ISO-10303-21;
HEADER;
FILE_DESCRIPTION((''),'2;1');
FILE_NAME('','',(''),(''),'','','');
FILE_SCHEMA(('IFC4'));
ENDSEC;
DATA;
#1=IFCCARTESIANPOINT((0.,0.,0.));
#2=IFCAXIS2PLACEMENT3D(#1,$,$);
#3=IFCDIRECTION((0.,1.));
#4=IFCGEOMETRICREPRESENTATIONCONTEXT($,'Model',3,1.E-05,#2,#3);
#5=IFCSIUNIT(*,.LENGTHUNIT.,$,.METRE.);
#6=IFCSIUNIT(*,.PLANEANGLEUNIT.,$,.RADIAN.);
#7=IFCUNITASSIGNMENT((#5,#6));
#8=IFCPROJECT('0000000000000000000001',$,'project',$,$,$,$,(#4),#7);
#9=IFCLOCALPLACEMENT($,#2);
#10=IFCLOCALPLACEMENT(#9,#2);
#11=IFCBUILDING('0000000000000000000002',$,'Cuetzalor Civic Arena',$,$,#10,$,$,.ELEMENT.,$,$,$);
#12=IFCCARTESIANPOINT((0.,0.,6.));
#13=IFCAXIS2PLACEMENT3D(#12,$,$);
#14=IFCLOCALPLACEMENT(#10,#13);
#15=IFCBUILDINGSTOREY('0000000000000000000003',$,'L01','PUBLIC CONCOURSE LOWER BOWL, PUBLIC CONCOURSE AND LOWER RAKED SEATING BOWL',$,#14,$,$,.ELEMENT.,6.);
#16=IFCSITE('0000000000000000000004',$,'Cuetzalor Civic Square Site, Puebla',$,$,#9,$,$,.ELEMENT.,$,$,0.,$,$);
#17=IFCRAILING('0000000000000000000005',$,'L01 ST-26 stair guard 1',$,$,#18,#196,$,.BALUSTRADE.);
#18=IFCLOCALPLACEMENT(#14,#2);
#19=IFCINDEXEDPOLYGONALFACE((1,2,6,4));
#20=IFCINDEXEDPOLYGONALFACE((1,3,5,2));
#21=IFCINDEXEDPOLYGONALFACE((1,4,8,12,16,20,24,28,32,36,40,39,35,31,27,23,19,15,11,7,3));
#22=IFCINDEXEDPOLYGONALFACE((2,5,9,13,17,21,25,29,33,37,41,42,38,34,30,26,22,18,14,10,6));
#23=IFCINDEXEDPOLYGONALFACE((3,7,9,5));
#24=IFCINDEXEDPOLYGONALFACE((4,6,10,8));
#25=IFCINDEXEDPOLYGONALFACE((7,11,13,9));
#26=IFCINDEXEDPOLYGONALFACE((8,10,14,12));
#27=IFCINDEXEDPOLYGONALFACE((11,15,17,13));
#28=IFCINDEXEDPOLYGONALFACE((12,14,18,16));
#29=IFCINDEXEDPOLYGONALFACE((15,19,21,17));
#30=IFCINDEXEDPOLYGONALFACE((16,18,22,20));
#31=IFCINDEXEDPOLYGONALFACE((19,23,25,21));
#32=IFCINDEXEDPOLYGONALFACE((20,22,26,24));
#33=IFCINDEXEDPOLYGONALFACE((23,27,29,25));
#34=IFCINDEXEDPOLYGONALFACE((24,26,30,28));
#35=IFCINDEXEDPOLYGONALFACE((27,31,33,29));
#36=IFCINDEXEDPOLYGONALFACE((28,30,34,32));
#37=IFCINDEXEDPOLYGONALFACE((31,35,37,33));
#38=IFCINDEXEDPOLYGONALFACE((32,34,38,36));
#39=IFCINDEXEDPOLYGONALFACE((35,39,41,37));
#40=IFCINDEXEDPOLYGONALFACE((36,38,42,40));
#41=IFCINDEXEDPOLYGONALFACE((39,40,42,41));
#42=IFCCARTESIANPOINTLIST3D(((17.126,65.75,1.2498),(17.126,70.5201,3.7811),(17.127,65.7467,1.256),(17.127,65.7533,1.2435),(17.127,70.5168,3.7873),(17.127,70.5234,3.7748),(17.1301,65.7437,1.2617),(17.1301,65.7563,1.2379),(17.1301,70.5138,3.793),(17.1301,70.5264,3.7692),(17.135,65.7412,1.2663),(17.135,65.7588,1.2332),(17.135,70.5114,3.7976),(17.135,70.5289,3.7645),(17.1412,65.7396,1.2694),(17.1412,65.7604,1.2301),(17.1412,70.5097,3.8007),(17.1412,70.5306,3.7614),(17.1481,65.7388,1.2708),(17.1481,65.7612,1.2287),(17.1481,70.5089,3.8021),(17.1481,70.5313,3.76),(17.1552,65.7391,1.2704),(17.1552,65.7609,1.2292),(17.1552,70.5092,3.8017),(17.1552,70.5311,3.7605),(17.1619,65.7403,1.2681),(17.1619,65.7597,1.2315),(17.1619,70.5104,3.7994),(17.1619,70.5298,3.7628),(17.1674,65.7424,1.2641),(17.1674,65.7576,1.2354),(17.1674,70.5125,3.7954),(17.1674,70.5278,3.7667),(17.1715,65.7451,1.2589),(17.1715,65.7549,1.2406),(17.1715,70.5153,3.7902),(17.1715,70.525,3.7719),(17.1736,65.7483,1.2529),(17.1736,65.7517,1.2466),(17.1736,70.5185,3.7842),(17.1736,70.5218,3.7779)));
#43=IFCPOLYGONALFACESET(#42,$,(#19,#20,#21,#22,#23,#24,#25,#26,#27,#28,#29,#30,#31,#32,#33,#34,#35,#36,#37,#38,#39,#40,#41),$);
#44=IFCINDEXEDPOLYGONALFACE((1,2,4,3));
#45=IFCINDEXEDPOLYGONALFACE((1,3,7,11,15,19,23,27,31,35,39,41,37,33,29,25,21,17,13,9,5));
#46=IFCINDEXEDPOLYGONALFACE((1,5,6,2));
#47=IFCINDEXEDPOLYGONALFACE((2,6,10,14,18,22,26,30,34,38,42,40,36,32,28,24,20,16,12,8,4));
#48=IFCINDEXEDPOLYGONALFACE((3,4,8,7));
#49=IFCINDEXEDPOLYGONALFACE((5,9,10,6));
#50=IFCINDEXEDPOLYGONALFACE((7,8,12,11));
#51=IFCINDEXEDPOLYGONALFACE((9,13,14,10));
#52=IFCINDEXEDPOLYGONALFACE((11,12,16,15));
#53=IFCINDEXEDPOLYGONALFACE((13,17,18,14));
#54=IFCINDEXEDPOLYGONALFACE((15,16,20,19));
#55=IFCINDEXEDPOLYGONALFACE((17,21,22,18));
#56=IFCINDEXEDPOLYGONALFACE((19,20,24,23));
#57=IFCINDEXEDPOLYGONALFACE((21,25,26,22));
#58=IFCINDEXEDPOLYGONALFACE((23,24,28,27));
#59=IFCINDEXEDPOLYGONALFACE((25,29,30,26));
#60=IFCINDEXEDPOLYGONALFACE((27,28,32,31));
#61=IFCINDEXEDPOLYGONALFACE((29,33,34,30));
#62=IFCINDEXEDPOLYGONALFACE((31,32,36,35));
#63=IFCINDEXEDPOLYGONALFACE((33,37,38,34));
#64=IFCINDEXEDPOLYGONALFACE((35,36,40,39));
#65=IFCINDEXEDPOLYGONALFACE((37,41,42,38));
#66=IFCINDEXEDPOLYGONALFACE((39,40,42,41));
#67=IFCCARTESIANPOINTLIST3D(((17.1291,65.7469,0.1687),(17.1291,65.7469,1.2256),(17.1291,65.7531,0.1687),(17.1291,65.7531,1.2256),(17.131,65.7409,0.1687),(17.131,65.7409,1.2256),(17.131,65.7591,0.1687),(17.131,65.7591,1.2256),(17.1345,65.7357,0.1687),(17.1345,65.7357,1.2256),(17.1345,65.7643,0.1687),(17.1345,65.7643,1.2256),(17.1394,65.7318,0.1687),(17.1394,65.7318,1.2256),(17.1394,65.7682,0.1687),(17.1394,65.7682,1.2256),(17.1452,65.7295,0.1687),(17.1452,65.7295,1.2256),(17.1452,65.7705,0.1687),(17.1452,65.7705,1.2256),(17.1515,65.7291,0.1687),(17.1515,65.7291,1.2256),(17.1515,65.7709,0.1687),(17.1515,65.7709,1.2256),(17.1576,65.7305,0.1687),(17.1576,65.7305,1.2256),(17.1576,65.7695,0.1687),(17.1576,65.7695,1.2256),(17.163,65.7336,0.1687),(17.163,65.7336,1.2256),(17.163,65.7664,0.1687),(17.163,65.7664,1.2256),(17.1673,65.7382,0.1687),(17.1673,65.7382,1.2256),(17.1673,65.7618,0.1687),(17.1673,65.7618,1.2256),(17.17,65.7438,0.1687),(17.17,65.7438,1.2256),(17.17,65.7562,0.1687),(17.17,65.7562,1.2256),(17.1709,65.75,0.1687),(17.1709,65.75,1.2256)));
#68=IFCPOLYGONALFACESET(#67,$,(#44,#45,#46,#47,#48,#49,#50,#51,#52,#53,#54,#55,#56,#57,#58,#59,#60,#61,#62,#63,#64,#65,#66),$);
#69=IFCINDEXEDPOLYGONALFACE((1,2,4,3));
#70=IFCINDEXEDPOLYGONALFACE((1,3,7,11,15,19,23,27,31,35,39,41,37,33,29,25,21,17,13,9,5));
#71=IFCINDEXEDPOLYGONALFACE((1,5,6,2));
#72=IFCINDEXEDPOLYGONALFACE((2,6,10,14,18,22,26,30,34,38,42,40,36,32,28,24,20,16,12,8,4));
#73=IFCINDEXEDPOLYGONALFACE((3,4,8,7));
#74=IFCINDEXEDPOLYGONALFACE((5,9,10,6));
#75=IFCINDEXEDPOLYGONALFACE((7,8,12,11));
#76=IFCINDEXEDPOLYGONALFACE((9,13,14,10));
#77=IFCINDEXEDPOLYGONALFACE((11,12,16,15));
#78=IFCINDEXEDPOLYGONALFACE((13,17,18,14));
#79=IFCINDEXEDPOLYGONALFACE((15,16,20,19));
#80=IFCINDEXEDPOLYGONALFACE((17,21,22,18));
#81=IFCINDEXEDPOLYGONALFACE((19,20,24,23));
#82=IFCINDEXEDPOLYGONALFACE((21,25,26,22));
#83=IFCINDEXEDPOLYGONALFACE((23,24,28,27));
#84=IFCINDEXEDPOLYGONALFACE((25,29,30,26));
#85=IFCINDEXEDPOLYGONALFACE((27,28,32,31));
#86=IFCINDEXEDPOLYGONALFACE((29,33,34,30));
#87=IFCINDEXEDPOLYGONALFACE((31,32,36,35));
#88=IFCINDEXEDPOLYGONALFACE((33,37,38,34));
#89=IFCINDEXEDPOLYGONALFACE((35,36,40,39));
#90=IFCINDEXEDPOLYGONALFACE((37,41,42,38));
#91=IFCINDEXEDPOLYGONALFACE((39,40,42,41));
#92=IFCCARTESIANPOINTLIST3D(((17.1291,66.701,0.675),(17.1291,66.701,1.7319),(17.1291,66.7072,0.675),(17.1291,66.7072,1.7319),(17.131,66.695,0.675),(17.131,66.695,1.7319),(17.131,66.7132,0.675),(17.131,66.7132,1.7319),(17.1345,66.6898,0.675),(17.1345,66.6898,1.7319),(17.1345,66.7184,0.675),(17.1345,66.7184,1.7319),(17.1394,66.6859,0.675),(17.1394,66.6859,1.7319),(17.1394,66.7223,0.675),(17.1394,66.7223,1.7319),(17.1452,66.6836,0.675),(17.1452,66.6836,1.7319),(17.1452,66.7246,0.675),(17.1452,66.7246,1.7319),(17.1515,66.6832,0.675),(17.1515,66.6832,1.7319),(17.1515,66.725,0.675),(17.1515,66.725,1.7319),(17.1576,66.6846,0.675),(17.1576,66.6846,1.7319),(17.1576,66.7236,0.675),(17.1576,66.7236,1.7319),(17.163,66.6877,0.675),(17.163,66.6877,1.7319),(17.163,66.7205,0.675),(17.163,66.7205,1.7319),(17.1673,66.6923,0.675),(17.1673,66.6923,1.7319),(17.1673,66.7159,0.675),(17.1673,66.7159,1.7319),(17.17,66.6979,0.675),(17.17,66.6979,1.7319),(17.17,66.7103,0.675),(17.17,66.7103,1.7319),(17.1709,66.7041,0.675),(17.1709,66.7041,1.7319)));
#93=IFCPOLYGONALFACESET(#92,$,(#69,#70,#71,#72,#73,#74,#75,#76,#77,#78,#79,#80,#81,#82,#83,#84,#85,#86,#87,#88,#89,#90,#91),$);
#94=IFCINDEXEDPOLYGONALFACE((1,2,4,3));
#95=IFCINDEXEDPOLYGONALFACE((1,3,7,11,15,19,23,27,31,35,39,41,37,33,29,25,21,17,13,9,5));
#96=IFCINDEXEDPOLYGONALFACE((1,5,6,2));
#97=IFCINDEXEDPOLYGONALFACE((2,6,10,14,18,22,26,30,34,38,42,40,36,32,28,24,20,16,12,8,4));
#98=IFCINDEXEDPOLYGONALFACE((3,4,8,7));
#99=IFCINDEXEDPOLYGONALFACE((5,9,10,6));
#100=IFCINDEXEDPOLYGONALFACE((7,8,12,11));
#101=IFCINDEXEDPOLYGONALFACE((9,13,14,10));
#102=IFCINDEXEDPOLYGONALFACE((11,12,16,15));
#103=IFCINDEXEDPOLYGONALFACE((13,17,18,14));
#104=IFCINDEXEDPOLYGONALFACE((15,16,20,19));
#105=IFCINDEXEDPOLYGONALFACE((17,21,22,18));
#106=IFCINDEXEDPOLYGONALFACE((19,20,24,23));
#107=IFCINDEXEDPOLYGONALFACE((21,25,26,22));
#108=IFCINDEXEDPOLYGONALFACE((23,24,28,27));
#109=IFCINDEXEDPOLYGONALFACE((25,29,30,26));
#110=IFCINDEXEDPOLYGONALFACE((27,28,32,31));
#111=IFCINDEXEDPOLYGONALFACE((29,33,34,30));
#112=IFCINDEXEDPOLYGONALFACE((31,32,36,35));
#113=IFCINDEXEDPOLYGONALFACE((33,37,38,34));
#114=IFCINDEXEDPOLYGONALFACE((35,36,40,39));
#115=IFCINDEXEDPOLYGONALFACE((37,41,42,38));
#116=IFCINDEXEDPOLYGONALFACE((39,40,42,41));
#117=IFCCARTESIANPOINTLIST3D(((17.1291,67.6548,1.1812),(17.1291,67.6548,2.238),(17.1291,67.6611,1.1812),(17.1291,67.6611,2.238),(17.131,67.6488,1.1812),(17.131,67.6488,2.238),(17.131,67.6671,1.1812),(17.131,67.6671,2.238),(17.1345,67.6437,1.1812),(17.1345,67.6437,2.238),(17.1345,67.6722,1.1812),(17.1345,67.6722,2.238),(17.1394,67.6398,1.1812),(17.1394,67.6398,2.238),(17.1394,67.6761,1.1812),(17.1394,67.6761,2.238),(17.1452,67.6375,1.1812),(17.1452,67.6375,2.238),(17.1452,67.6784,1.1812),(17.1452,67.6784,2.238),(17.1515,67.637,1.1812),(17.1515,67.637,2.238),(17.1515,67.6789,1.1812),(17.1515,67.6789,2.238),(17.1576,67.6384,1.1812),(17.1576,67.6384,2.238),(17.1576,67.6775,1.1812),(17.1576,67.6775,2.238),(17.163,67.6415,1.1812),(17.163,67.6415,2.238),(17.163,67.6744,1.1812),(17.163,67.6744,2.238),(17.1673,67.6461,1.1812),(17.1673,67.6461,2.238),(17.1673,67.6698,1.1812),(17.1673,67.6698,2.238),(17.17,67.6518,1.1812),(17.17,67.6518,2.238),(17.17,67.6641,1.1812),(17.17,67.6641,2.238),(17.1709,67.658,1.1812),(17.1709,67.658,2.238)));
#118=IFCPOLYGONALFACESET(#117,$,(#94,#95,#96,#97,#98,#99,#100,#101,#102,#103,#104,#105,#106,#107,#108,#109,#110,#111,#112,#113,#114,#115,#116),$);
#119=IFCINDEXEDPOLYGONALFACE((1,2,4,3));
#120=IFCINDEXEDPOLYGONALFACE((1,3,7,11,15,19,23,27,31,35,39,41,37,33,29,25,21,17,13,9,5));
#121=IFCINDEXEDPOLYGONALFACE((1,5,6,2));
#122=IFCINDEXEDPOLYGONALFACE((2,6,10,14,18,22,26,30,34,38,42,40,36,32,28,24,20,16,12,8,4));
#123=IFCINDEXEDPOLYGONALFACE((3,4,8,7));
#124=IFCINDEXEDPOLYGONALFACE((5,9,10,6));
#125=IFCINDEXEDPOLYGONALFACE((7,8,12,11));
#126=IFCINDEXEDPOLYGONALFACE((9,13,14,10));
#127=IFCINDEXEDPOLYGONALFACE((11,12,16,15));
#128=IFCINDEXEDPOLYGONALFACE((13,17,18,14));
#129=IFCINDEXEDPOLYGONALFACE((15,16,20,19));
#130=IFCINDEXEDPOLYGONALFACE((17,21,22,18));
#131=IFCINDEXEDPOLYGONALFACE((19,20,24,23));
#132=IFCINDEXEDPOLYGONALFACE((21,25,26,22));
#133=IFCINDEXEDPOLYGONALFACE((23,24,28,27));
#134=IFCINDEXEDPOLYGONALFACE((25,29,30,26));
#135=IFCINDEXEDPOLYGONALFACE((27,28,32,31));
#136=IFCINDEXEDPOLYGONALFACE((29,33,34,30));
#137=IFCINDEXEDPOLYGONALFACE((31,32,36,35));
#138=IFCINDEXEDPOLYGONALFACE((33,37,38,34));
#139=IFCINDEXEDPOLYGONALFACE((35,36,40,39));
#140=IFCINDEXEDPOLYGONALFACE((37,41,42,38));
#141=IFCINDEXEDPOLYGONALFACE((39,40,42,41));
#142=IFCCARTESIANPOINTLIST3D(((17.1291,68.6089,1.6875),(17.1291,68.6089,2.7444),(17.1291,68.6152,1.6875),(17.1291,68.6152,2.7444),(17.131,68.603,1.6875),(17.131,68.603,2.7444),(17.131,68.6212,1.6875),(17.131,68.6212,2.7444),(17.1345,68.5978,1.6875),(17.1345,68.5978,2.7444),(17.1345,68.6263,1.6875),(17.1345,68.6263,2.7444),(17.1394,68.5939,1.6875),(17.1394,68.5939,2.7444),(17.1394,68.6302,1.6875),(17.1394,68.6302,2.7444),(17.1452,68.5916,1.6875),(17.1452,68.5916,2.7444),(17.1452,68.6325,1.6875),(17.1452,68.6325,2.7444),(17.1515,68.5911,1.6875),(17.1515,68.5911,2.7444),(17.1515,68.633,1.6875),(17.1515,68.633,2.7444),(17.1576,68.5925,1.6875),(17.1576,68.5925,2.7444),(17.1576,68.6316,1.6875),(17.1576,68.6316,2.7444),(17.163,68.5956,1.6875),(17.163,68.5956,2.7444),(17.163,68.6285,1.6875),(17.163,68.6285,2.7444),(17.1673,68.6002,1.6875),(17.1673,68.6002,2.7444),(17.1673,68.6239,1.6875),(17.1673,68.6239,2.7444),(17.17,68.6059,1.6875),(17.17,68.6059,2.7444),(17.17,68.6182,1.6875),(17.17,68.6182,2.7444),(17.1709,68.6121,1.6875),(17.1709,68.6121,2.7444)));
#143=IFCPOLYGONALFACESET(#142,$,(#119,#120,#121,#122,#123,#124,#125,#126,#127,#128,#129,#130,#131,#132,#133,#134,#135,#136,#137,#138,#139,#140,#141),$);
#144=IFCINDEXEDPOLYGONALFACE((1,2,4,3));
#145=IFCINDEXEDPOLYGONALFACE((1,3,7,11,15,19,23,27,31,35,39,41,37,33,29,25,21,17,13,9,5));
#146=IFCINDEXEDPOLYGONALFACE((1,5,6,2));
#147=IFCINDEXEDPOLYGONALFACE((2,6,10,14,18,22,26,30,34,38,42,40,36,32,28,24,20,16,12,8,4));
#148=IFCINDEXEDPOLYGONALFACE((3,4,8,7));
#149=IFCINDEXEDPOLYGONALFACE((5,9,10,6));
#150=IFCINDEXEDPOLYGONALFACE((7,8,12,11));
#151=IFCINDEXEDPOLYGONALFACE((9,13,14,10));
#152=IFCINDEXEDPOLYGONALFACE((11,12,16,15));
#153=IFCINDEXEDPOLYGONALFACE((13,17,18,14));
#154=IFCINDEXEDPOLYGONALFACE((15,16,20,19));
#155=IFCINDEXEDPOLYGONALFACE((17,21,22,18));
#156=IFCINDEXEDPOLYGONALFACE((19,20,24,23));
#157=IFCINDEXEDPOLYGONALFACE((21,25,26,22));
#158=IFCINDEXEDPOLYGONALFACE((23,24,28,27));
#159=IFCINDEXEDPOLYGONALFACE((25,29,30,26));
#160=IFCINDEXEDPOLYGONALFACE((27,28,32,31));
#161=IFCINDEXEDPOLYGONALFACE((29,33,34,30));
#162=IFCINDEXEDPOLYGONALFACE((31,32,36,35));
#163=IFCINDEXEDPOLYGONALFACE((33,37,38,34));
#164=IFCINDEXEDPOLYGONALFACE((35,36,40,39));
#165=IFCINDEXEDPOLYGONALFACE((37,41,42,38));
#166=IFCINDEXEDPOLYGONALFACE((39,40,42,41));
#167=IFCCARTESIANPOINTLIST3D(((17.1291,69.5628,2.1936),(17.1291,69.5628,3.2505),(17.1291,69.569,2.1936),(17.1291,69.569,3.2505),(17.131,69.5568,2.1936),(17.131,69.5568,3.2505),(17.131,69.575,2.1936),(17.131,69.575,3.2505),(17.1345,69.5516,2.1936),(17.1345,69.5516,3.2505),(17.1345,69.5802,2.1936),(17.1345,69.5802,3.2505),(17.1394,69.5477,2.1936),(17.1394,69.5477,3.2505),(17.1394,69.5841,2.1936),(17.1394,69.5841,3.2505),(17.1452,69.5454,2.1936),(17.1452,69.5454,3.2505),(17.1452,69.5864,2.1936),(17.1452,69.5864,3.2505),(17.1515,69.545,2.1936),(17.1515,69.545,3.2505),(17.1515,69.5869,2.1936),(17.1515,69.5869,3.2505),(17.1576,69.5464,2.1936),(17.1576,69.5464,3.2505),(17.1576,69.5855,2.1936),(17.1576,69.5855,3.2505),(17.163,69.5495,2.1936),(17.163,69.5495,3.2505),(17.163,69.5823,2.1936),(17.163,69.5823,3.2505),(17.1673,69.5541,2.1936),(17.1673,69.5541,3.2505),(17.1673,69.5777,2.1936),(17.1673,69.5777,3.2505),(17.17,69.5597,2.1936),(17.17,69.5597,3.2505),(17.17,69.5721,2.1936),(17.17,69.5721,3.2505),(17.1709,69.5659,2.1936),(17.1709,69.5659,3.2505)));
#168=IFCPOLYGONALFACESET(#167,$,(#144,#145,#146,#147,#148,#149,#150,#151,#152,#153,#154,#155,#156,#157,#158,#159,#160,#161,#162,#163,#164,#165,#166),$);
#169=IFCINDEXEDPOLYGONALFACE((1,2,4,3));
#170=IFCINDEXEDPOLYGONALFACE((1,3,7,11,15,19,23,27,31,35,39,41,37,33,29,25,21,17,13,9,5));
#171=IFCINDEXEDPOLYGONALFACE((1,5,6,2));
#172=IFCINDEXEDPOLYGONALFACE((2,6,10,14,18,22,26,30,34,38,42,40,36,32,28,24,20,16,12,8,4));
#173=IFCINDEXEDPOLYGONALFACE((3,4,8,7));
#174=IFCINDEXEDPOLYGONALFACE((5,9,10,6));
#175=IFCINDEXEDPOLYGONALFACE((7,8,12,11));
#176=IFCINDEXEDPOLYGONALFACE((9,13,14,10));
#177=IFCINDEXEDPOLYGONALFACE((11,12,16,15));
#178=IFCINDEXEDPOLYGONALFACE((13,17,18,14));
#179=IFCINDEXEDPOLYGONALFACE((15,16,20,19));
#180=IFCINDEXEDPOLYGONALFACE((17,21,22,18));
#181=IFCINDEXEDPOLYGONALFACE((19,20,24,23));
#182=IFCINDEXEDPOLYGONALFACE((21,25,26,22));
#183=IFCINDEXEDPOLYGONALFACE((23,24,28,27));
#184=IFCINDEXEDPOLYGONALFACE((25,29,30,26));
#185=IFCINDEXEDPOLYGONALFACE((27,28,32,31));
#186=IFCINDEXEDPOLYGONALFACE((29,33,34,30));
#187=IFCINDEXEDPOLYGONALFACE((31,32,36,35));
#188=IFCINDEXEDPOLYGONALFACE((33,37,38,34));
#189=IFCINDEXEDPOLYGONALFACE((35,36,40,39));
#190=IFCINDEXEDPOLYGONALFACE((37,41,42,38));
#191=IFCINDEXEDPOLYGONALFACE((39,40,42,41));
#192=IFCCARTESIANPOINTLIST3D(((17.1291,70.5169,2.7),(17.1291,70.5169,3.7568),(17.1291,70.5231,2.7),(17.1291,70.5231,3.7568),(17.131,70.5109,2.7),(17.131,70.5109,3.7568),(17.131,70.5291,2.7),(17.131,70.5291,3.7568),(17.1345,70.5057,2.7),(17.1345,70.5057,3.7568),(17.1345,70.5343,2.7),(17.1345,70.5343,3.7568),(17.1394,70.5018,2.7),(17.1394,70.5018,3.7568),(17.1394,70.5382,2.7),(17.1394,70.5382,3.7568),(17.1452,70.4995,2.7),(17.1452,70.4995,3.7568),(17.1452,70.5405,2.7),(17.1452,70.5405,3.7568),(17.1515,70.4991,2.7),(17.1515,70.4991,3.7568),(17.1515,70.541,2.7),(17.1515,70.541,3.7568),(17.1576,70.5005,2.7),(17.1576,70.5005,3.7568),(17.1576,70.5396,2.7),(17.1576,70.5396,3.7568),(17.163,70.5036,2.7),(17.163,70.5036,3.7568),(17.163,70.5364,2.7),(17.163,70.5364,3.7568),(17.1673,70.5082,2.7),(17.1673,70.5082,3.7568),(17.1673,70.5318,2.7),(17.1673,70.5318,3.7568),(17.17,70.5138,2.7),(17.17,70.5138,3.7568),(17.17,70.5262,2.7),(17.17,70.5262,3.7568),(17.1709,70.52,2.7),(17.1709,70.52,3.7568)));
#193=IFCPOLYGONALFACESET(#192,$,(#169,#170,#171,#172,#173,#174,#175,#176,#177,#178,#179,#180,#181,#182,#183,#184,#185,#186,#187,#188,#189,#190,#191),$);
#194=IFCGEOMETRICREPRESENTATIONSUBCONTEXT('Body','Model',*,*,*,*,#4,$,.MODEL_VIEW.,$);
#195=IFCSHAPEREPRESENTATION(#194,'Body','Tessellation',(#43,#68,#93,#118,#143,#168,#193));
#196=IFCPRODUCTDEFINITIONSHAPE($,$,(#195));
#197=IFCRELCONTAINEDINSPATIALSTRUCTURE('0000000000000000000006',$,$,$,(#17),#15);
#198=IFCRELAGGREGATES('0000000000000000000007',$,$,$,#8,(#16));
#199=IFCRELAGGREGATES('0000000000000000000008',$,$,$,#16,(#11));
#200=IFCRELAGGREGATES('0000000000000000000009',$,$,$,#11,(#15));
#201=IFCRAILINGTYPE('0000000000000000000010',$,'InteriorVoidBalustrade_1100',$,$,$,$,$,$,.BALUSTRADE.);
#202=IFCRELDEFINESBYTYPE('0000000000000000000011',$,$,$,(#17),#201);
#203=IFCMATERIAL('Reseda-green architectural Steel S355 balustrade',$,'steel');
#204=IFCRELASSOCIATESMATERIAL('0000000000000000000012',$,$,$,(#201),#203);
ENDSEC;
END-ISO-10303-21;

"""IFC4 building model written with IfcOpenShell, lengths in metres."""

from ifc_helpers import new_model, si_unit, direction, frame, origin, origin_2d, place, context, subcontext, project, spatial, circle, extrude, material, type_object, element, save


model = new_model("IFC4")

# Units and contexts
model_context = context("Model", 3, precision=1e-05, world=origin(), true_north=direction((0.0, 1.0)))
body_context = subcontext(model_context, "Body", "Model", "MODEL_VIEW")
ifc_project = project(units=[si_unit("LENGTHUNIT", "METRE"), si_unit("PLANEANGLEUNIT", "RADIAN")], contexts=[model_context])

# Site, building, storey
site_placement = place(None, origin())
site = spatial("IfcSite", under=ifc_project, at=site_placement, Name="Cuetzalor Civic Square Site, Puebla", CompositionType="ELEMENT", RefElevation=0.0)
building_placement = place(site_placement, origin())
building = spatial("IfcBuilding", under=site, at=building_placement, Name="Cuetzalor Civic Arena", CompositionType="ELEMENT")
storey_placement = place(building_placement, frame((0.0, 0.0, 6.0)))
storey = spatial("IfcBuildingStorey", under=building, at=storey_placement, Name="L01", Description="PUBLIC CONCOURSE LOWER BOWL, PUBLIC CONCOURSE AND LOWER RAKED SEATING BOWL", CompositionType="ELEMENT", Elevation=6.0)

# Railing
ifc_material_1 = material(Name="Reseda-green architectural Steel S355 balustrade", Category="steel")
railing_type_1 = type_object("IfcRailingType", Name="InteriorVoidBalustrade_1100", PredefinedType="BALUSTRADE", material=ifc_material_1)
railing_1_placement = place(storey_placement, frame((17.1499, 65.75, 0.1687)))
element("IfcRailing", 1, at=railing_1_placement, inside=storey, type_object=railing_type_1, Name="L01 ST-26 stair guard 1", PredefinedType="BALUSTRADE", context=body_context, shape_type="SweptSolid", body=[
    extrude(circle(Radius=0.0239, at=origin_2d()), frame((0.0, 0.0, 1.0811), z_axis=(0.0, 0.883332, 0.468747), x_axis=(-1.0, 0.0, 0.0)), (0.0, 0.0, 1.0), 5.4001),
    extrude(circle(Radius=0.021, at=origin_2d()), origin(), (0.0, 0.0, 1.0), 1.0569),
    extrude(circle(Radius=0.021, at=origin_2d()), frame((0.0, 0.9541, 0.5063)), (0.0, 0.0, 1.0), 1.0569),
    extrude(circle(Radius=0.021, at=origin_2d()), frame((0.0, 1.908, 1.0125)), (0.0, 0.0, 1.0), 1.0569),
    extrude(circle(Radius=0.021, at=origin_2d()), frame((0.0, 2.8621, 1.5188)), (0.0, 0.0, 1.0), 1.0569),
    extrude(circle(Radius=0.021, at=origin_2d()), frame((0.0, 3.8159, 2.0249)), (0.0, 0.0, 1.0), 1.0569),
    extrude(circle(Radius=0.021, at=origin_2d()), frame((0.0, 4.77, 2.5312)), (0.0, 0.0, 1.0), 1.0569),
])

save(model, "model.ifc")
